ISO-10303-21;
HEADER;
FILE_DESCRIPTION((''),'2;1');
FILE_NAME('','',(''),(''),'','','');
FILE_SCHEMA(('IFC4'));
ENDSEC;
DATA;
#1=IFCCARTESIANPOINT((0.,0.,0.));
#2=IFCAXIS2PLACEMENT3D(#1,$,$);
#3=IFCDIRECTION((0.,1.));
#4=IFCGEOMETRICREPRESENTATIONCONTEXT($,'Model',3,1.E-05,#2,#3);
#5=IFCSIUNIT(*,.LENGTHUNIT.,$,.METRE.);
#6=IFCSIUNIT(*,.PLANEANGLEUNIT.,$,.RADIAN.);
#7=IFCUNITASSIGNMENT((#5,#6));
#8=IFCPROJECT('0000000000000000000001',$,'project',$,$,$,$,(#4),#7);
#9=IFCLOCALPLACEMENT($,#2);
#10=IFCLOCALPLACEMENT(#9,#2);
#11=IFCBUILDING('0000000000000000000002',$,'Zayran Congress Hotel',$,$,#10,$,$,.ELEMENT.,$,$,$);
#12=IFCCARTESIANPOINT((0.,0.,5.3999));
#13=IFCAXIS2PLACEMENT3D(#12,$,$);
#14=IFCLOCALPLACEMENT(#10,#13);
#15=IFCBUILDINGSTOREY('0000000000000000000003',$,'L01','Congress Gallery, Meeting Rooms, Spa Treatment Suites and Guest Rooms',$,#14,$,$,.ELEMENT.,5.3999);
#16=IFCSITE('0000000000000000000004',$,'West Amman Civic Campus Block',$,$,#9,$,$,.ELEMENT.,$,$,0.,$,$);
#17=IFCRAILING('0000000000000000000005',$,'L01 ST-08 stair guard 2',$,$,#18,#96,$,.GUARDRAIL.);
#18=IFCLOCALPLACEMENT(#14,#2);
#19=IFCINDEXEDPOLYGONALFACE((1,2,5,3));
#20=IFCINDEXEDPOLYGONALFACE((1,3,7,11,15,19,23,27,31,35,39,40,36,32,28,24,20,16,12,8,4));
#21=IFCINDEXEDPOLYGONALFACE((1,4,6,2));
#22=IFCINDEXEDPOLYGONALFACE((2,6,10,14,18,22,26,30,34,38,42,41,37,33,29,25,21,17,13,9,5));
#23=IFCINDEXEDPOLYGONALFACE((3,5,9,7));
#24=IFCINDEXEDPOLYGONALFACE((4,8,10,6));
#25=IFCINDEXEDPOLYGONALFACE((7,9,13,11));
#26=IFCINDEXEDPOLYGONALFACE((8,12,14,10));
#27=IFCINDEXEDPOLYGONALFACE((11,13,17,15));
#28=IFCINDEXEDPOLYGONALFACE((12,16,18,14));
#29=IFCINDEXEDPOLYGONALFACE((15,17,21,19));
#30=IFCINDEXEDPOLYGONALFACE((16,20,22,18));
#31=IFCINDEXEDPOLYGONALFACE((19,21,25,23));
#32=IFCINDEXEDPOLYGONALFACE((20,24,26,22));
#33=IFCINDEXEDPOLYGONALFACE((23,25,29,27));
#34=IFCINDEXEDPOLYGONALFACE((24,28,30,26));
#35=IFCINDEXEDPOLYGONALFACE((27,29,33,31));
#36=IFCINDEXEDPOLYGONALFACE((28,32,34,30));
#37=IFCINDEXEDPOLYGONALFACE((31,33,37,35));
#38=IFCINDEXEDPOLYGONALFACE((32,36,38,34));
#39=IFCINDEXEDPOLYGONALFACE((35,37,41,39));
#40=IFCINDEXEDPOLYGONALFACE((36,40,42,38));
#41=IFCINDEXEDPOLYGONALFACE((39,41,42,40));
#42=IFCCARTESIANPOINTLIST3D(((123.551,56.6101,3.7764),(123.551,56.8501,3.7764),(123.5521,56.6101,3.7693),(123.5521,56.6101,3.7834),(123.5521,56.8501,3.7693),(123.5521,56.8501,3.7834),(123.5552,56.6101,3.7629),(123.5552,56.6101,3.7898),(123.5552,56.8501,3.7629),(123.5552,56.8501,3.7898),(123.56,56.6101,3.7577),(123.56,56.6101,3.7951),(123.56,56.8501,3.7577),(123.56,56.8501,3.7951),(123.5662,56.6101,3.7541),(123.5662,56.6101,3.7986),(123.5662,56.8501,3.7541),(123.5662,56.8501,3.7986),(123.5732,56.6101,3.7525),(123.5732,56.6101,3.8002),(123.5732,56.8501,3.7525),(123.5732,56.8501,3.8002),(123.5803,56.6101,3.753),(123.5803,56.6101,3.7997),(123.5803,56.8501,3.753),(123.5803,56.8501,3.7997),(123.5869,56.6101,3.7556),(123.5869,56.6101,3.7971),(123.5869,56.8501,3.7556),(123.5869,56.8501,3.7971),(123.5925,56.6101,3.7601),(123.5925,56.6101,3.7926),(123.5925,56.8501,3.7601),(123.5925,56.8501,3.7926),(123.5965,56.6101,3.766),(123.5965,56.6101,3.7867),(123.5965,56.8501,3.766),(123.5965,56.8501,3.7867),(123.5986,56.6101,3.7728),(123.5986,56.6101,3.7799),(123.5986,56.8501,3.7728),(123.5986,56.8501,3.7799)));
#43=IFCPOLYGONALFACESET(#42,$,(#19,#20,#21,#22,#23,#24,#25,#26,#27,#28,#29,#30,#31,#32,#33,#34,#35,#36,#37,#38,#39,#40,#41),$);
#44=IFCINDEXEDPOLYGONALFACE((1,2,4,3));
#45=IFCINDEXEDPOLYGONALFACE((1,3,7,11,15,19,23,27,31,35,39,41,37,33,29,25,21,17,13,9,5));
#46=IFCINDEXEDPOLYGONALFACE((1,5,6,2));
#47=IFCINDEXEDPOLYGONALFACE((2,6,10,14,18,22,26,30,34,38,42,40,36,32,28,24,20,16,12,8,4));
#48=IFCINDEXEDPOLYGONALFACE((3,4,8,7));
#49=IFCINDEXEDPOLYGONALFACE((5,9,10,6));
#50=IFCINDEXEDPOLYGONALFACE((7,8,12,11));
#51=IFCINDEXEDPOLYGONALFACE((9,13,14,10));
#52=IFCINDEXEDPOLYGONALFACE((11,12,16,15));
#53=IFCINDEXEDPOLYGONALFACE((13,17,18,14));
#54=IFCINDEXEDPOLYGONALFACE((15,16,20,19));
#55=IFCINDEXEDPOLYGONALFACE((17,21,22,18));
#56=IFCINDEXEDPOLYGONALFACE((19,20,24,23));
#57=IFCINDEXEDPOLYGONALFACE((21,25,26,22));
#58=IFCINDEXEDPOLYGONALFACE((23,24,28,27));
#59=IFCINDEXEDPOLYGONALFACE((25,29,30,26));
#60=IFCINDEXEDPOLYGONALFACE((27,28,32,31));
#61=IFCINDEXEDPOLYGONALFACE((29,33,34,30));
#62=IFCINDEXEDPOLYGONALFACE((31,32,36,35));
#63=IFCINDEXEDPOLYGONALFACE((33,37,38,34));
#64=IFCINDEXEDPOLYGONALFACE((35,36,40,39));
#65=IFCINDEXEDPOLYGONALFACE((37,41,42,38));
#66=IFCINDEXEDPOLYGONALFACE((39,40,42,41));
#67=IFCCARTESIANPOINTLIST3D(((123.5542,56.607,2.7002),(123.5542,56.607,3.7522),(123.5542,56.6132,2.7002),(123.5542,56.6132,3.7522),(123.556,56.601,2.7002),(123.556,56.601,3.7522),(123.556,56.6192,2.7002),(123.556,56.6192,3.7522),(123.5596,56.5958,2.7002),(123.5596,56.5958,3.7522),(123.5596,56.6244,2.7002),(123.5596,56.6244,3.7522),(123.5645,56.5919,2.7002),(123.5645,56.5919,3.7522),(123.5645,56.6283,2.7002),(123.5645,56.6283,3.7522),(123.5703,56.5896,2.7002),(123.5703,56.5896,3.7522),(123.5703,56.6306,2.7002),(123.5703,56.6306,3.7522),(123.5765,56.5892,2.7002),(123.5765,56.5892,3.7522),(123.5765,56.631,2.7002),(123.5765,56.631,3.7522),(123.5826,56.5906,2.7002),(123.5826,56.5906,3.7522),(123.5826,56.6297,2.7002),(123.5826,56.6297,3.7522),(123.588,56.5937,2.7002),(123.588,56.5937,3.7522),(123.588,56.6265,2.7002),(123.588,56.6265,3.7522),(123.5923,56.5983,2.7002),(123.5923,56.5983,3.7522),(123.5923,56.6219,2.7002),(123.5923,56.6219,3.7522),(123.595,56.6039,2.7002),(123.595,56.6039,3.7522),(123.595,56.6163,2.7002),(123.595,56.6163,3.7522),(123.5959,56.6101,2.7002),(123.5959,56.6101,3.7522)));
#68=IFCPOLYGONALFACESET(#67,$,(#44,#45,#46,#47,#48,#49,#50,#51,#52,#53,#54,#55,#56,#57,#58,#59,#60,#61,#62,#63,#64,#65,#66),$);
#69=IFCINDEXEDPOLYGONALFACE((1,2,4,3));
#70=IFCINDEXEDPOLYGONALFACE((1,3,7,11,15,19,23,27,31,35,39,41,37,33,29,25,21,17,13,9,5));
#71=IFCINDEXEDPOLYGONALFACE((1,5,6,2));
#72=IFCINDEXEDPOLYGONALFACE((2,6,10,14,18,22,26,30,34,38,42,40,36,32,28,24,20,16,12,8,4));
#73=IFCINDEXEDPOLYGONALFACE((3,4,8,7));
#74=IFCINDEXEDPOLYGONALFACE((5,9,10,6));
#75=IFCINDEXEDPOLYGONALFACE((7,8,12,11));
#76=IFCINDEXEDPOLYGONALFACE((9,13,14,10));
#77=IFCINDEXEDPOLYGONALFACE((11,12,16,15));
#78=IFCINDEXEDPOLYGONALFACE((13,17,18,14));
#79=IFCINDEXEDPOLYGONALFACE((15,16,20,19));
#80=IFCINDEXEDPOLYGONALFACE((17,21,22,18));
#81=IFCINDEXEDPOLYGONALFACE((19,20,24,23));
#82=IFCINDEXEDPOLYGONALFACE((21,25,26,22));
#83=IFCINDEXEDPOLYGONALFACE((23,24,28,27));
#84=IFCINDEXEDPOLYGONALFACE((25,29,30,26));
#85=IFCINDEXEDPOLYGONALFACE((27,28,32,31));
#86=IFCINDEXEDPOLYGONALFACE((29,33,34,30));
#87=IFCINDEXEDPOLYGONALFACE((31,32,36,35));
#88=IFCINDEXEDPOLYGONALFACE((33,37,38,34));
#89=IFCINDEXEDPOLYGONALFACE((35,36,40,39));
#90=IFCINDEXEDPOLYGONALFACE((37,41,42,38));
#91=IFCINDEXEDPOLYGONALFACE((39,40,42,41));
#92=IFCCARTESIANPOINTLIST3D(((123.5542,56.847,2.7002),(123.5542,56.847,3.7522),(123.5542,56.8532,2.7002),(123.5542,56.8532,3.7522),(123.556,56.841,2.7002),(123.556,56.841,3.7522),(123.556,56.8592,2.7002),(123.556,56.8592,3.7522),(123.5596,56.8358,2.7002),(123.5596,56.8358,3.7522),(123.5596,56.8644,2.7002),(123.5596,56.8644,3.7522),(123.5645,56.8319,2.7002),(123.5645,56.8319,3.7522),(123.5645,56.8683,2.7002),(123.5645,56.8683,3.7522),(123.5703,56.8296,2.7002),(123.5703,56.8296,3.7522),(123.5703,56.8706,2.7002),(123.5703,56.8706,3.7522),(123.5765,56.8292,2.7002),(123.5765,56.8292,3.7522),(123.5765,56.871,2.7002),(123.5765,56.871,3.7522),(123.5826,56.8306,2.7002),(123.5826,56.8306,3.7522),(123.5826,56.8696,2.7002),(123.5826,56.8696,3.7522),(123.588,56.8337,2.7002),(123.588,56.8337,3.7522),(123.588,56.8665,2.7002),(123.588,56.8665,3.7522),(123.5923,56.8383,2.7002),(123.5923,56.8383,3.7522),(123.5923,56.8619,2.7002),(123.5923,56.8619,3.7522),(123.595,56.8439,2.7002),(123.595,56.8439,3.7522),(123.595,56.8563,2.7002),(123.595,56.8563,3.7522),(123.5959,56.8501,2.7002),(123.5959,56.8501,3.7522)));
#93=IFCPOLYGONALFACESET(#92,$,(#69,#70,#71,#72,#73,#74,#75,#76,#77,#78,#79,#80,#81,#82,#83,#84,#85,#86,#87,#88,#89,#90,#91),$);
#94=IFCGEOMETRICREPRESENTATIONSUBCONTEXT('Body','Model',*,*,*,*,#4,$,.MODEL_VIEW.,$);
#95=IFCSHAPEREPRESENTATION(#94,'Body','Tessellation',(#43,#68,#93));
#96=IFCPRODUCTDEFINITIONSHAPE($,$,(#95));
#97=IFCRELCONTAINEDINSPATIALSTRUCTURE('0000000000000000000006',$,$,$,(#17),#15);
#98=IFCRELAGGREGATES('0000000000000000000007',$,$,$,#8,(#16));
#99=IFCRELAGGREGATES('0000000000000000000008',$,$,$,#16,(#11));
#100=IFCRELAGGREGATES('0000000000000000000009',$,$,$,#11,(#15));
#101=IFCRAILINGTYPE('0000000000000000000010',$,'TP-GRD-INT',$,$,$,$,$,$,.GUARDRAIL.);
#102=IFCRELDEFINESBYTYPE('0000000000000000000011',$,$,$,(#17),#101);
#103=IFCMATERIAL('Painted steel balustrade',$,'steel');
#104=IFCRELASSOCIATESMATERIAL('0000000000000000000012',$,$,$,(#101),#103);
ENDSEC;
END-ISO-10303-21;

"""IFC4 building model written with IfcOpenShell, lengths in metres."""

from ifc_helpers import new_model, si_unit, direction, frame, origin, origin_2d, place, context, subcontext, project, spatial, circle, extrude, material, type_object, element, save


model = new_model("IFC4")

# Units and contexts
model_context = context("Model", 3, precision=1e-05, world=origin(), true_north=direction((0.0, 1.0)))
body_context = subcontext(model_context, "Body", "Model", "MODEL_VIEW")
ifc_project = project(units=[si_unit("LENGTHUNIT", "METRE"), si_unit("PLANEANGLEUNIT", "RADIAN")], contexts=[model_context])

# Site, building, storey
site_placement = place(None, origin())
site = spatial("IfcSite", under=ifc_project, at=site_placement, Name="West Amman Civic Campus Block", CompositionType="ELEMENT", RefElevation=0.0)
building_placement = place(site_placement, origin())
building = spatial("IfcBuilding", under=site, at=building_placement, Name="Zayran Congress Hotel", CompositionType="ELEMENT")
storey_placement = place(building_placement, frame((0.0, 0.0, 5.3999)))
storey = spatial("IfcBuildingStorey", under=building, at=storey_placement, Name="L01", Description="Congress Gallery, Meeting Rooms, Spa Treatment Suites and Guest Rooms", CompositionType="ELEMENT", Elevation=5.3999)

# Railing
ifc_material_1 = material(Name="Painted steel balustrade", Category="steel")
railing_type_1 = type_object("IfcRailingType", Name="TP-GRD-INT", PredefinedType="GUARDRAIL", material=ifc_material_1)
railing_1_placement = place(storey_placement, frame((123.575, 56.6101, 2.7002)))
element("IfcRailing", 1, at=railing_1_placement, inside=storey, type_object=railing_type_1, Name="L01 ST-08 stair guard 2", PredefinedType="GUARDRAIL", context=body_context, shape_type="SweptSolid", body=[
    extrude(circle(Radius=0.0239, at=origin_2d()), frame((0.0, 0.0, 1.0762), z_axis=(0.0, 1.0, 0.0), x_axis=(-1.0, 0.0, 0.0)), (0.0, 0.0, 1.0), 0.24),
    extrude(circle(Radius=0.021, at=origin_2d()), origin(), (0.0, 0.0, 1.0), 1.052),
    extrude(circle(Radius=0.021, at=origin_2d()), frame((0.0, 0.24, 0.0)), (0.0, 0.0, 1.0), 1.052),
])

save(model, "model.ifc")
